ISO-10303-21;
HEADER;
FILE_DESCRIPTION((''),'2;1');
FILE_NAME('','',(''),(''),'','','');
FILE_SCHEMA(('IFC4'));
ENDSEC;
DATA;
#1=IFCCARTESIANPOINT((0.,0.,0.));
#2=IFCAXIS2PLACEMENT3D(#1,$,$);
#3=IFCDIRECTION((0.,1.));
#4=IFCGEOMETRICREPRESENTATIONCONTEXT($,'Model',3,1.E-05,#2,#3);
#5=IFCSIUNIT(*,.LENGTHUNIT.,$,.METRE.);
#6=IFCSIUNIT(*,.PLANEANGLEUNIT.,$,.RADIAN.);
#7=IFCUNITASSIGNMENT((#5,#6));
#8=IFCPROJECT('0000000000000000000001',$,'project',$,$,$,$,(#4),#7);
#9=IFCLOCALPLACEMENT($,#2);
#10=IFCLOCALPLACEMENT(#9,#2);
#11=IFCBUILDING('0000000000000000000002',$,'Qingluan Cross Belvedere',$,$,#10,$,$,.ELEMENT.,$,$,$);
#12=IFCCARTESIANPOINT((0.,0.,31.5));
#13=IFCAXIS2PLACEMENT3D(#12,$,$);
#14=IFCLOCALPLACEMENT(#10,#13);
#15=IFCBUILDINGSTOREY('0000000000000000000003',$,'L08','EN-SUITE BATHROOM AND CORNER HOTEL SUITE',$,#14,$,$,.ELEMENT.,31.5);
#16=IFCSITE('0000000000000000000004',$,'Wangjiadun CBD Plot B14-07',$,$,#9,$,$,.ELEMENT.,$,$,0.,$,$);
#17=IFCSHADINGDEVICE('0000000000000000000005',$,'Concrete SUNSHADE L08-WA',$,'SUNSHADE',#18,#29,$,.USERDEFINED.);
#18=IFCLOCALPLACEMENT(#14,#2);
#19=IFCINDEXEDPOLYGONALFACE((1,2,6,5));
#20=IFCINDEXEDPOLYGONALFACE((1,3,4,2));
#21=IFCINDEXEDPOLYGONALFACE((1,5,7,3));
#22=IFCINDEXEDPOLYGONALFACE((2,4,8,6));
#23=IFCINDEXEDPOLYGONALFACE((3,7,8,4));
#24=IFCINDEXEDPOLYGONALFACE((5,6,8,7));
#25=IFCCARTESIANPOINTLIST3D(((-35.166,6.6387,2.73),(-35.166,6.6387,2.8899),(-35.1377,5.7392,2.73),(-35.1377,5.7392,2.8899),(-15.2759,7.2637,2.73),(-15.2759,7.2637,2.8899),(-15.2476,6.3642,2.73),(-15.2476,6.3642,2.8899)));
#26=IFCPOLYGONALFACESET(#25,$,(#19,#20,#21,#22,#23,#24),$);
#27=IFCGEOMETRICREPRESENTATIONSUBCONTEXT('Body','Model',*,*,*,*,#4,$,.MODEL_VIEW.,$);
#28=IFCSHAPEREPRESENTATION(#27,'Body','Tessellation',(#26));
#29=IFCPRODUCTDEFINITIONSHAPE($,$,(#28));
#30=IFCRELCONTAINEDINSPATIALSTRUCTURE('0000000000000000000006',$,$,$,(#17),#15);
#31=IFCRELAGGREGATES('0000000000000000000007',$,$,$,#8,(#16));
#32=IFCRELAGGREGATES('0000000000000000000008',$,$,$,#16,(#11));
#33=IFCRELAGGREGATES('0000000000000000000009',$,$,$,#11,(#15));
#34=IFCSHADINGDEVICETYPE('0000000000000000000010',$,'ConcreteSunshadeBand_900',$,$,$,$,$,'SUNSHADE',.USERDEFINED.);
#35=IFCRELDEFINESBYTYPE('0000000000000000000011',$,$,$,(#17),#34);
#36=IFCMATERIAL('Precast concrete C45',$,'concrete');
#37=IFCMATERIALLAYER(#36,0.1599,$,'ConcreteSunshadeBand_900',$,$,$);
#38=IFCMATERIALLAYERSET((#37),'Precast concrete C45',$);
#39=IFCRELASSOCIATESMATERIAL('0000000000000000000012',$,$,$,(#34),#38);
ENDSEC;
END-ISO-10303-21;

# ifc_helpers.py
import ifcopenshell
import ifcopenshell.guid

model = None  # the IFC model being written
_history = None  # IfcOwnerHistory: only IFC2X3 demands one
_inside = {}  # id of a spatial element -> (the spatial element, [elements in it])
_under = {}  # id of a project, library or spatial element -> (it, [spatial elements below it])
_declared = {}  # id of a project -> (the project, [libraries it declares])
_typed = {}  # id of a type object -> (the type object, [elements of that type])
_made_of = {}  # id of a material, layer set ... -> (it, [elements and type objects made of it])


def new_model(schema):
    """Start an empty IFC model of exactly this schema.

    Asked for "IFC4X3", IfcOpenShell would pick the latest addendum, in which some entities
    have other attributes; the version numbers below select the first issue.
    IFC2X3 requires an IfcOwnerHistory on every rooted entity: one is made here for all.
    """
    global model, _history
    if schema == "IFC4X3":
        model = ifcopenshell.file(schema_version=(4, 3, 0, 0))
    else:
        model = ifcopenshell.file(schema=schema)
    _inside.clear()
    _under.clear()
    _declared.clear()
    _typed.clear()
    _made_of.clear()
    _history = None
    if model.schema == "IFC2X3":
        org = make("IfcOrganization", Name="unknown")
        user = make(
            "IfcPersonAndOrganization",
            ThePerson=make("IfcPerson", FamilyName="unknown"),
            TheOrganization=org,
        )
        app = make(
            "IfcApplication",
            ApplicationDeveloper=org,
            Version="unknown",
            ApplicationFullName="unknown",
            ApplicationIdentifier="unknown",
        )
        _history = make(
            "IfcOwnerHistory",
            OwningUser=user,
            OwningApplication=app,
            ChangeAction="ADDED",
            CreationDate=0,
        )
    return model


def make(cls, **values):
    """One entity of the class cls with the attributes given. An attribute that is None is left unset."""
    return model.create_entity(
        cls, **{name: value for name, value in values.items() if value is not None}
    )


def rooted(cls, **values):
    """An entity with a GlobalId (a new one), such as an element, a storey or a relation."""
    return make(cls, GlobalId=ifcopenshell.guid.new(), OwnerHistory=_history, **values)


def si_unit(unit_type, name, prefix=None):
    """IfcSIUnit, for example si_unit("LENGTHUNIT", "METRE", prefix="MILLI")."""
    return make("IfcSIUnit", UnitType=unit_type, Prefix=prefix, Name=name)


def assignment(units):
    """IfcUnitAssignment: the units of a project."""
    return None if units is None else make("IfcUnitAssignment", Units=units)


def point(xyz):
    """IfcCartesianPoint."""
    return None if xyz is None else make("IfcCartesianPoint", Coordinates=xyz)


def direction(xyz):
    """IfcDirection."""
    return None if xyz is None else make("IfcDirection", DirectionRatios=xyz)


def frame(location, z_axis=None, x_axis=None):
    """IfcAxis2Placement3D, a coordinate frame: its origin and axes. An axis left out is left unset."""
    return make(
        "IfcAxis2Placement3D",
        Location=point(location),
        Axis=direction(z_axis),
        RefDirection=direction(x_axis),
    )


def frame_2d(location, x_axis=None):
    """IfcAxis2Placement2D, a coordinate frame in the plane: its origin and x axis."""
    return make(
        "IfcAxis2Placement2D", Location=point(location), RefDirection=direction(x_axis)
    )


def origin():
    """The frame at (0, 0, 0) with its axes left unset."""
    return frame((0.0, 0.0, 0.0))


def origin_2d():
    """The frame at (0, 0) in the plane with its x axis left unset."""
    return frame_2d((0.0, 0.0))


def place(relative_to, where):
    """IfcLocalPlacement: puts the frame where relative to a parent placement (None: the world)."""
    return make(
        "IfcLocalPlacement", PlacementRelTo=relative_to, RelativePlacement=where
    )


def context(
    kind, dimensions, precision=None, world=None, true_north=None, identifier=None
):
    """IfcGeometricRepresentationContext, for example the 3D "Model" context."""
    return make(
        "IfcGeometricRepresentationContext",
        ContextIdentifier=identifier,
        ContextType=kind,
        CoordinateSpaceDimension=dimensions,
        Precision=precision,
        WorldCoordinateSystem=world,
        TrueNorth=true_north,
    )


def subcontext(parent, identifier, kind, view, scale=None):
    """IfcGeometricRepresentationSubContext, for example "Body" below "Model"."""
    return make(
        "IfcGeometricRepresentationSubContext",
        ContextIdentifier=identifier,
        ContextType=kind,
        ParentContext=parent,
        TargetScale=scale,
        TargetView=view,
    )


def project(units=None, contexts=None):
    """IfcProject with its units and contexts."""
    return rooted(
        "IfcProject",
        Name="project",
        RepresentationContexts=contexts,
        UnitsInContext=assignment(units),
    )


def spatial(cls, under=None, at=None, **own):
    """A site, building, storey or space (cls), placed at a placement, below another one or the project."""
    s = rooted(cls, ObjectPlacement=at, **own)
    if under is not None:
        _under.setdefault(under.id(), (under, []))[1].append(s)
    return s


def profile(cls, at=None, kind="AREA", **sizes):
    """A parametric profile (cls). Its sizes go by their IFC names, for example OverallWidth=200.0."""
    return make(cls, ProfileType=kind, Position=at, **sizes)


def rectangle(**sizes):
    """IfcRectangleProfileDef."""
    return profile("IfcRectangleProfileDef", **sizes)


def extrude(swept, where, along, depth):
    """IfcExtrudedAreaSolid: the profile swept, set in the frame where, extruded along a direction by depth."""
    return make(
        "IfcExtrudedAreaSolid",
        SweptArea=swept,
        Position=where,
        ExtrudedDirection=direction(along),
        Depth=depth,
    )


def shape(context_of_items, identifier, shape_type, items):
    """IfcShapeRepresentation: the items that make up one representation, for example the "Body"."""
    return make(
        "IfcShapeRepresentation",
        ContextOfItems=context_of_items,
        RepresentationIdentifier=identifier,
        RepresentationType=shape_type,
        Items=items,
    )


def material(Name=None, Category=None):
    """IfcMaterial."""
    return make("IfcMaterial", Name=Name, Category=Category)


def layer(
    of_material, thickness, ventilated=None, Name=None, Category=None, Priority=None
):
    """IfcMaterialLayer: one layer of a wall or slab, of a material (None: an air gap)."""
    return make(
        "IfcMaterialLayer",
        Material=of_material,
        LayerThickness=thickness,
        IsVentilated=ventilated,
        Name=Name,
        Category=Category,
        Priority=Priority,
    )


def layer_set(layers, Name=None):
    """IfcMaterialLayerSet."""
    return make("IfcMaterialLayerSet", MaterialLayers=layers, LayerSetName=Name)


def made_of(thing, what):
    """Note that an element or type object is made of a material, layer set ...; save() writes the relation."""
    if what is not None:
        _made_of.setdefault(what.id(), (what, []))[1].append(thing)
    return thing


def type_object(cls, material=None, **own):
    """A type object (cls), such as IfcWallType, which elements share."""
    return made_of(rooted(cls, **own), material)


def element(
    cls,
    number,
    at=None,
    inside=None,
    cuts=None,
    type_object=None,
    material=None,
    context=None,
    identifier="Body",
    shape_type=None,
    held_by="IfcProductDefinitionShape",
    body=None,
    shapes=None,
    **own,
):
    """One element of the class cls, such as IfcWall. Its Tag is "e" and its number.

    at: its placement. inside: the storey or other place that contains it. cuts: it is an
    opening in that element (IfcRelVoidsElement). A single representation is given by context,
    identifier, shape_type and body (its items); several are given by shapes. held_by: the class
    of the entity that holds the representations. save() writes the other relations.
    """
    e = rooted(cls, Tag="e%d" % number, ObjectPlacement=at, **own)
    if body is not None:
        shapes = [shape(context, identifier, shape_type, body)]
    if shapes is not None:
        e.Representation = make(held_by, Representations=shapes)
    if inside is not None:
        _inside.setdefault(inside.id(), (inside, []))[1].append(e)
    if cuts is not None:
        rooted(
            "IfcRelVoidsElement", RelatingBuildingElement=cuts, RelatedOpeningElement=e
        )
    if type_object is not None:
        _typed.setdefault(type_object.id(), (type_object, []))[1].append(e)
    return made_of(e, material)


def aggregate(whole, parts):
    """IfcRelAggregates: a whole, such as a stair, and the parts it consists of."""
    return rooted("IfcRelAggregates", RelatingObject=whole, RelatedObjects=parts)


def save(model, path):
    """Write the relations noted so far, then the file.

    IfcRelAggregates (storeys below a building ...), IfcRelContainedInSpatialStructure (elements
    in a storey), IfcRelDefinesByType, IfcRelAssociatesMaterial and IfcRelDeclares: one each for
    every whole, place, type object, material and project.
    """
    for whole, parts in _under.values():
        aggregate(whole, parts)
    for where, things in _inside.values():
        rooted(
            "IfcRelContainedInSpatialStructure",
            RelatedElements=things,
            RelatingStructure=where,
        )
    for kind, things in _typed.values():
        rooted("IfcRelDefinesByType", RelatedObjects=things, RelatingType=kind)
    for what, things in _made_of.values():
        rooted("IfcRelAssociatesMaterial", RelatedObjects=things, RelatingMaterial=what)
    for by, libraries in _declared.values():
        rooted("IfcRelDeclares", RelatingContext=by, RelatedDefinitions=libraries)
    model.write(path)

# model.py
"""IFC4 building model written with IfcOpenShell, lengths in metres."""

from ifc_helpers import new_model, si_unit, direction, frame, origin, origin_2d, place, context, subcontext, project, spatial, rectangle, extrude, material, layer, layer_set, type_object, element, save


model = new_model("IFC4")

# Units and contexts
model_context = context("Model", 3, precision=1e-05, world=origin(), true_north=direction((0.0, 1.0)))
body_context = subcontext(model_context, "Body", "Model", "MODEL_VIEW")
ifc_project = project(units=[si_unit("LENGTHUNIT", "METRE"), si_unit("PLANEANGLEUNIT", "RADIAN")], contexts=[model_context])

# Site, building, storey
site_placement = place(None, origin())
site = spatial("IfcSite", under=ifc_project, at=site_placement, Name="Wangjiadun CBD Plot B14-07", CompositionType="ELEMENT", RefElevation=0.0)
building_placement = place(site_placement, origin())
building = spatial("IfcBuilding", under=site, at=building_placement, Name="Qingluan Cross Belvedere", CompositionType="ELEMENT")
storey_placement = place(building_placement, frame((0.0, 0.0, 31.5)))
storey = spatial("IfcBuildingStorey", under=building, at=storey_placement, Name="L08", Description="EN-SUITE BATHROOM AND CORNER HOTEL SUITE", CompositionType="ELEMENT", Elevation=31.5)

# Shading device
ifc_material_1 = material(Name="Precast concrete C45", Category="concrete")
ifc_layer_1 = layer(ifc_material_1, 0.1599, Name="ConcreteSunshadeBand_900")
ifc_layer_set_1 = layer_set([ifc_layer_1], Name="Precast concrete C45")
shading_device_type = type_object("IfcShadingDeviceType", Name="ConcreteSunshadeBand_900", ElementType="SUNSHADE", PredefinedType="USERDEFINED", material=ifc_layer_set_1)
shading_device_placement = place(storey_placement, frame((-25.2068, 6.5015, 2.73), z_axis=(0.0, 0.0, 1.0), x_axis=(-0.999507, -0.031408, 0.0)))
element("IfcShadingDevice", 1, at=shading_device_placement, inside=storey, type_object=shading_device_type, Name="Concrete SUNSHADE L08-WA", ObjectType="SUNSHADE", PredefinedType="USERDEFINED", context=body_context, shape_type="SweptSolid", body=[
    extrude(rectangle(XDim=19.8999, YDim=0.8999, at=origin_2d()), origin(), (0.0, 0.0, 1.0), 0.1599),
])

save(model, "model.ifc")
